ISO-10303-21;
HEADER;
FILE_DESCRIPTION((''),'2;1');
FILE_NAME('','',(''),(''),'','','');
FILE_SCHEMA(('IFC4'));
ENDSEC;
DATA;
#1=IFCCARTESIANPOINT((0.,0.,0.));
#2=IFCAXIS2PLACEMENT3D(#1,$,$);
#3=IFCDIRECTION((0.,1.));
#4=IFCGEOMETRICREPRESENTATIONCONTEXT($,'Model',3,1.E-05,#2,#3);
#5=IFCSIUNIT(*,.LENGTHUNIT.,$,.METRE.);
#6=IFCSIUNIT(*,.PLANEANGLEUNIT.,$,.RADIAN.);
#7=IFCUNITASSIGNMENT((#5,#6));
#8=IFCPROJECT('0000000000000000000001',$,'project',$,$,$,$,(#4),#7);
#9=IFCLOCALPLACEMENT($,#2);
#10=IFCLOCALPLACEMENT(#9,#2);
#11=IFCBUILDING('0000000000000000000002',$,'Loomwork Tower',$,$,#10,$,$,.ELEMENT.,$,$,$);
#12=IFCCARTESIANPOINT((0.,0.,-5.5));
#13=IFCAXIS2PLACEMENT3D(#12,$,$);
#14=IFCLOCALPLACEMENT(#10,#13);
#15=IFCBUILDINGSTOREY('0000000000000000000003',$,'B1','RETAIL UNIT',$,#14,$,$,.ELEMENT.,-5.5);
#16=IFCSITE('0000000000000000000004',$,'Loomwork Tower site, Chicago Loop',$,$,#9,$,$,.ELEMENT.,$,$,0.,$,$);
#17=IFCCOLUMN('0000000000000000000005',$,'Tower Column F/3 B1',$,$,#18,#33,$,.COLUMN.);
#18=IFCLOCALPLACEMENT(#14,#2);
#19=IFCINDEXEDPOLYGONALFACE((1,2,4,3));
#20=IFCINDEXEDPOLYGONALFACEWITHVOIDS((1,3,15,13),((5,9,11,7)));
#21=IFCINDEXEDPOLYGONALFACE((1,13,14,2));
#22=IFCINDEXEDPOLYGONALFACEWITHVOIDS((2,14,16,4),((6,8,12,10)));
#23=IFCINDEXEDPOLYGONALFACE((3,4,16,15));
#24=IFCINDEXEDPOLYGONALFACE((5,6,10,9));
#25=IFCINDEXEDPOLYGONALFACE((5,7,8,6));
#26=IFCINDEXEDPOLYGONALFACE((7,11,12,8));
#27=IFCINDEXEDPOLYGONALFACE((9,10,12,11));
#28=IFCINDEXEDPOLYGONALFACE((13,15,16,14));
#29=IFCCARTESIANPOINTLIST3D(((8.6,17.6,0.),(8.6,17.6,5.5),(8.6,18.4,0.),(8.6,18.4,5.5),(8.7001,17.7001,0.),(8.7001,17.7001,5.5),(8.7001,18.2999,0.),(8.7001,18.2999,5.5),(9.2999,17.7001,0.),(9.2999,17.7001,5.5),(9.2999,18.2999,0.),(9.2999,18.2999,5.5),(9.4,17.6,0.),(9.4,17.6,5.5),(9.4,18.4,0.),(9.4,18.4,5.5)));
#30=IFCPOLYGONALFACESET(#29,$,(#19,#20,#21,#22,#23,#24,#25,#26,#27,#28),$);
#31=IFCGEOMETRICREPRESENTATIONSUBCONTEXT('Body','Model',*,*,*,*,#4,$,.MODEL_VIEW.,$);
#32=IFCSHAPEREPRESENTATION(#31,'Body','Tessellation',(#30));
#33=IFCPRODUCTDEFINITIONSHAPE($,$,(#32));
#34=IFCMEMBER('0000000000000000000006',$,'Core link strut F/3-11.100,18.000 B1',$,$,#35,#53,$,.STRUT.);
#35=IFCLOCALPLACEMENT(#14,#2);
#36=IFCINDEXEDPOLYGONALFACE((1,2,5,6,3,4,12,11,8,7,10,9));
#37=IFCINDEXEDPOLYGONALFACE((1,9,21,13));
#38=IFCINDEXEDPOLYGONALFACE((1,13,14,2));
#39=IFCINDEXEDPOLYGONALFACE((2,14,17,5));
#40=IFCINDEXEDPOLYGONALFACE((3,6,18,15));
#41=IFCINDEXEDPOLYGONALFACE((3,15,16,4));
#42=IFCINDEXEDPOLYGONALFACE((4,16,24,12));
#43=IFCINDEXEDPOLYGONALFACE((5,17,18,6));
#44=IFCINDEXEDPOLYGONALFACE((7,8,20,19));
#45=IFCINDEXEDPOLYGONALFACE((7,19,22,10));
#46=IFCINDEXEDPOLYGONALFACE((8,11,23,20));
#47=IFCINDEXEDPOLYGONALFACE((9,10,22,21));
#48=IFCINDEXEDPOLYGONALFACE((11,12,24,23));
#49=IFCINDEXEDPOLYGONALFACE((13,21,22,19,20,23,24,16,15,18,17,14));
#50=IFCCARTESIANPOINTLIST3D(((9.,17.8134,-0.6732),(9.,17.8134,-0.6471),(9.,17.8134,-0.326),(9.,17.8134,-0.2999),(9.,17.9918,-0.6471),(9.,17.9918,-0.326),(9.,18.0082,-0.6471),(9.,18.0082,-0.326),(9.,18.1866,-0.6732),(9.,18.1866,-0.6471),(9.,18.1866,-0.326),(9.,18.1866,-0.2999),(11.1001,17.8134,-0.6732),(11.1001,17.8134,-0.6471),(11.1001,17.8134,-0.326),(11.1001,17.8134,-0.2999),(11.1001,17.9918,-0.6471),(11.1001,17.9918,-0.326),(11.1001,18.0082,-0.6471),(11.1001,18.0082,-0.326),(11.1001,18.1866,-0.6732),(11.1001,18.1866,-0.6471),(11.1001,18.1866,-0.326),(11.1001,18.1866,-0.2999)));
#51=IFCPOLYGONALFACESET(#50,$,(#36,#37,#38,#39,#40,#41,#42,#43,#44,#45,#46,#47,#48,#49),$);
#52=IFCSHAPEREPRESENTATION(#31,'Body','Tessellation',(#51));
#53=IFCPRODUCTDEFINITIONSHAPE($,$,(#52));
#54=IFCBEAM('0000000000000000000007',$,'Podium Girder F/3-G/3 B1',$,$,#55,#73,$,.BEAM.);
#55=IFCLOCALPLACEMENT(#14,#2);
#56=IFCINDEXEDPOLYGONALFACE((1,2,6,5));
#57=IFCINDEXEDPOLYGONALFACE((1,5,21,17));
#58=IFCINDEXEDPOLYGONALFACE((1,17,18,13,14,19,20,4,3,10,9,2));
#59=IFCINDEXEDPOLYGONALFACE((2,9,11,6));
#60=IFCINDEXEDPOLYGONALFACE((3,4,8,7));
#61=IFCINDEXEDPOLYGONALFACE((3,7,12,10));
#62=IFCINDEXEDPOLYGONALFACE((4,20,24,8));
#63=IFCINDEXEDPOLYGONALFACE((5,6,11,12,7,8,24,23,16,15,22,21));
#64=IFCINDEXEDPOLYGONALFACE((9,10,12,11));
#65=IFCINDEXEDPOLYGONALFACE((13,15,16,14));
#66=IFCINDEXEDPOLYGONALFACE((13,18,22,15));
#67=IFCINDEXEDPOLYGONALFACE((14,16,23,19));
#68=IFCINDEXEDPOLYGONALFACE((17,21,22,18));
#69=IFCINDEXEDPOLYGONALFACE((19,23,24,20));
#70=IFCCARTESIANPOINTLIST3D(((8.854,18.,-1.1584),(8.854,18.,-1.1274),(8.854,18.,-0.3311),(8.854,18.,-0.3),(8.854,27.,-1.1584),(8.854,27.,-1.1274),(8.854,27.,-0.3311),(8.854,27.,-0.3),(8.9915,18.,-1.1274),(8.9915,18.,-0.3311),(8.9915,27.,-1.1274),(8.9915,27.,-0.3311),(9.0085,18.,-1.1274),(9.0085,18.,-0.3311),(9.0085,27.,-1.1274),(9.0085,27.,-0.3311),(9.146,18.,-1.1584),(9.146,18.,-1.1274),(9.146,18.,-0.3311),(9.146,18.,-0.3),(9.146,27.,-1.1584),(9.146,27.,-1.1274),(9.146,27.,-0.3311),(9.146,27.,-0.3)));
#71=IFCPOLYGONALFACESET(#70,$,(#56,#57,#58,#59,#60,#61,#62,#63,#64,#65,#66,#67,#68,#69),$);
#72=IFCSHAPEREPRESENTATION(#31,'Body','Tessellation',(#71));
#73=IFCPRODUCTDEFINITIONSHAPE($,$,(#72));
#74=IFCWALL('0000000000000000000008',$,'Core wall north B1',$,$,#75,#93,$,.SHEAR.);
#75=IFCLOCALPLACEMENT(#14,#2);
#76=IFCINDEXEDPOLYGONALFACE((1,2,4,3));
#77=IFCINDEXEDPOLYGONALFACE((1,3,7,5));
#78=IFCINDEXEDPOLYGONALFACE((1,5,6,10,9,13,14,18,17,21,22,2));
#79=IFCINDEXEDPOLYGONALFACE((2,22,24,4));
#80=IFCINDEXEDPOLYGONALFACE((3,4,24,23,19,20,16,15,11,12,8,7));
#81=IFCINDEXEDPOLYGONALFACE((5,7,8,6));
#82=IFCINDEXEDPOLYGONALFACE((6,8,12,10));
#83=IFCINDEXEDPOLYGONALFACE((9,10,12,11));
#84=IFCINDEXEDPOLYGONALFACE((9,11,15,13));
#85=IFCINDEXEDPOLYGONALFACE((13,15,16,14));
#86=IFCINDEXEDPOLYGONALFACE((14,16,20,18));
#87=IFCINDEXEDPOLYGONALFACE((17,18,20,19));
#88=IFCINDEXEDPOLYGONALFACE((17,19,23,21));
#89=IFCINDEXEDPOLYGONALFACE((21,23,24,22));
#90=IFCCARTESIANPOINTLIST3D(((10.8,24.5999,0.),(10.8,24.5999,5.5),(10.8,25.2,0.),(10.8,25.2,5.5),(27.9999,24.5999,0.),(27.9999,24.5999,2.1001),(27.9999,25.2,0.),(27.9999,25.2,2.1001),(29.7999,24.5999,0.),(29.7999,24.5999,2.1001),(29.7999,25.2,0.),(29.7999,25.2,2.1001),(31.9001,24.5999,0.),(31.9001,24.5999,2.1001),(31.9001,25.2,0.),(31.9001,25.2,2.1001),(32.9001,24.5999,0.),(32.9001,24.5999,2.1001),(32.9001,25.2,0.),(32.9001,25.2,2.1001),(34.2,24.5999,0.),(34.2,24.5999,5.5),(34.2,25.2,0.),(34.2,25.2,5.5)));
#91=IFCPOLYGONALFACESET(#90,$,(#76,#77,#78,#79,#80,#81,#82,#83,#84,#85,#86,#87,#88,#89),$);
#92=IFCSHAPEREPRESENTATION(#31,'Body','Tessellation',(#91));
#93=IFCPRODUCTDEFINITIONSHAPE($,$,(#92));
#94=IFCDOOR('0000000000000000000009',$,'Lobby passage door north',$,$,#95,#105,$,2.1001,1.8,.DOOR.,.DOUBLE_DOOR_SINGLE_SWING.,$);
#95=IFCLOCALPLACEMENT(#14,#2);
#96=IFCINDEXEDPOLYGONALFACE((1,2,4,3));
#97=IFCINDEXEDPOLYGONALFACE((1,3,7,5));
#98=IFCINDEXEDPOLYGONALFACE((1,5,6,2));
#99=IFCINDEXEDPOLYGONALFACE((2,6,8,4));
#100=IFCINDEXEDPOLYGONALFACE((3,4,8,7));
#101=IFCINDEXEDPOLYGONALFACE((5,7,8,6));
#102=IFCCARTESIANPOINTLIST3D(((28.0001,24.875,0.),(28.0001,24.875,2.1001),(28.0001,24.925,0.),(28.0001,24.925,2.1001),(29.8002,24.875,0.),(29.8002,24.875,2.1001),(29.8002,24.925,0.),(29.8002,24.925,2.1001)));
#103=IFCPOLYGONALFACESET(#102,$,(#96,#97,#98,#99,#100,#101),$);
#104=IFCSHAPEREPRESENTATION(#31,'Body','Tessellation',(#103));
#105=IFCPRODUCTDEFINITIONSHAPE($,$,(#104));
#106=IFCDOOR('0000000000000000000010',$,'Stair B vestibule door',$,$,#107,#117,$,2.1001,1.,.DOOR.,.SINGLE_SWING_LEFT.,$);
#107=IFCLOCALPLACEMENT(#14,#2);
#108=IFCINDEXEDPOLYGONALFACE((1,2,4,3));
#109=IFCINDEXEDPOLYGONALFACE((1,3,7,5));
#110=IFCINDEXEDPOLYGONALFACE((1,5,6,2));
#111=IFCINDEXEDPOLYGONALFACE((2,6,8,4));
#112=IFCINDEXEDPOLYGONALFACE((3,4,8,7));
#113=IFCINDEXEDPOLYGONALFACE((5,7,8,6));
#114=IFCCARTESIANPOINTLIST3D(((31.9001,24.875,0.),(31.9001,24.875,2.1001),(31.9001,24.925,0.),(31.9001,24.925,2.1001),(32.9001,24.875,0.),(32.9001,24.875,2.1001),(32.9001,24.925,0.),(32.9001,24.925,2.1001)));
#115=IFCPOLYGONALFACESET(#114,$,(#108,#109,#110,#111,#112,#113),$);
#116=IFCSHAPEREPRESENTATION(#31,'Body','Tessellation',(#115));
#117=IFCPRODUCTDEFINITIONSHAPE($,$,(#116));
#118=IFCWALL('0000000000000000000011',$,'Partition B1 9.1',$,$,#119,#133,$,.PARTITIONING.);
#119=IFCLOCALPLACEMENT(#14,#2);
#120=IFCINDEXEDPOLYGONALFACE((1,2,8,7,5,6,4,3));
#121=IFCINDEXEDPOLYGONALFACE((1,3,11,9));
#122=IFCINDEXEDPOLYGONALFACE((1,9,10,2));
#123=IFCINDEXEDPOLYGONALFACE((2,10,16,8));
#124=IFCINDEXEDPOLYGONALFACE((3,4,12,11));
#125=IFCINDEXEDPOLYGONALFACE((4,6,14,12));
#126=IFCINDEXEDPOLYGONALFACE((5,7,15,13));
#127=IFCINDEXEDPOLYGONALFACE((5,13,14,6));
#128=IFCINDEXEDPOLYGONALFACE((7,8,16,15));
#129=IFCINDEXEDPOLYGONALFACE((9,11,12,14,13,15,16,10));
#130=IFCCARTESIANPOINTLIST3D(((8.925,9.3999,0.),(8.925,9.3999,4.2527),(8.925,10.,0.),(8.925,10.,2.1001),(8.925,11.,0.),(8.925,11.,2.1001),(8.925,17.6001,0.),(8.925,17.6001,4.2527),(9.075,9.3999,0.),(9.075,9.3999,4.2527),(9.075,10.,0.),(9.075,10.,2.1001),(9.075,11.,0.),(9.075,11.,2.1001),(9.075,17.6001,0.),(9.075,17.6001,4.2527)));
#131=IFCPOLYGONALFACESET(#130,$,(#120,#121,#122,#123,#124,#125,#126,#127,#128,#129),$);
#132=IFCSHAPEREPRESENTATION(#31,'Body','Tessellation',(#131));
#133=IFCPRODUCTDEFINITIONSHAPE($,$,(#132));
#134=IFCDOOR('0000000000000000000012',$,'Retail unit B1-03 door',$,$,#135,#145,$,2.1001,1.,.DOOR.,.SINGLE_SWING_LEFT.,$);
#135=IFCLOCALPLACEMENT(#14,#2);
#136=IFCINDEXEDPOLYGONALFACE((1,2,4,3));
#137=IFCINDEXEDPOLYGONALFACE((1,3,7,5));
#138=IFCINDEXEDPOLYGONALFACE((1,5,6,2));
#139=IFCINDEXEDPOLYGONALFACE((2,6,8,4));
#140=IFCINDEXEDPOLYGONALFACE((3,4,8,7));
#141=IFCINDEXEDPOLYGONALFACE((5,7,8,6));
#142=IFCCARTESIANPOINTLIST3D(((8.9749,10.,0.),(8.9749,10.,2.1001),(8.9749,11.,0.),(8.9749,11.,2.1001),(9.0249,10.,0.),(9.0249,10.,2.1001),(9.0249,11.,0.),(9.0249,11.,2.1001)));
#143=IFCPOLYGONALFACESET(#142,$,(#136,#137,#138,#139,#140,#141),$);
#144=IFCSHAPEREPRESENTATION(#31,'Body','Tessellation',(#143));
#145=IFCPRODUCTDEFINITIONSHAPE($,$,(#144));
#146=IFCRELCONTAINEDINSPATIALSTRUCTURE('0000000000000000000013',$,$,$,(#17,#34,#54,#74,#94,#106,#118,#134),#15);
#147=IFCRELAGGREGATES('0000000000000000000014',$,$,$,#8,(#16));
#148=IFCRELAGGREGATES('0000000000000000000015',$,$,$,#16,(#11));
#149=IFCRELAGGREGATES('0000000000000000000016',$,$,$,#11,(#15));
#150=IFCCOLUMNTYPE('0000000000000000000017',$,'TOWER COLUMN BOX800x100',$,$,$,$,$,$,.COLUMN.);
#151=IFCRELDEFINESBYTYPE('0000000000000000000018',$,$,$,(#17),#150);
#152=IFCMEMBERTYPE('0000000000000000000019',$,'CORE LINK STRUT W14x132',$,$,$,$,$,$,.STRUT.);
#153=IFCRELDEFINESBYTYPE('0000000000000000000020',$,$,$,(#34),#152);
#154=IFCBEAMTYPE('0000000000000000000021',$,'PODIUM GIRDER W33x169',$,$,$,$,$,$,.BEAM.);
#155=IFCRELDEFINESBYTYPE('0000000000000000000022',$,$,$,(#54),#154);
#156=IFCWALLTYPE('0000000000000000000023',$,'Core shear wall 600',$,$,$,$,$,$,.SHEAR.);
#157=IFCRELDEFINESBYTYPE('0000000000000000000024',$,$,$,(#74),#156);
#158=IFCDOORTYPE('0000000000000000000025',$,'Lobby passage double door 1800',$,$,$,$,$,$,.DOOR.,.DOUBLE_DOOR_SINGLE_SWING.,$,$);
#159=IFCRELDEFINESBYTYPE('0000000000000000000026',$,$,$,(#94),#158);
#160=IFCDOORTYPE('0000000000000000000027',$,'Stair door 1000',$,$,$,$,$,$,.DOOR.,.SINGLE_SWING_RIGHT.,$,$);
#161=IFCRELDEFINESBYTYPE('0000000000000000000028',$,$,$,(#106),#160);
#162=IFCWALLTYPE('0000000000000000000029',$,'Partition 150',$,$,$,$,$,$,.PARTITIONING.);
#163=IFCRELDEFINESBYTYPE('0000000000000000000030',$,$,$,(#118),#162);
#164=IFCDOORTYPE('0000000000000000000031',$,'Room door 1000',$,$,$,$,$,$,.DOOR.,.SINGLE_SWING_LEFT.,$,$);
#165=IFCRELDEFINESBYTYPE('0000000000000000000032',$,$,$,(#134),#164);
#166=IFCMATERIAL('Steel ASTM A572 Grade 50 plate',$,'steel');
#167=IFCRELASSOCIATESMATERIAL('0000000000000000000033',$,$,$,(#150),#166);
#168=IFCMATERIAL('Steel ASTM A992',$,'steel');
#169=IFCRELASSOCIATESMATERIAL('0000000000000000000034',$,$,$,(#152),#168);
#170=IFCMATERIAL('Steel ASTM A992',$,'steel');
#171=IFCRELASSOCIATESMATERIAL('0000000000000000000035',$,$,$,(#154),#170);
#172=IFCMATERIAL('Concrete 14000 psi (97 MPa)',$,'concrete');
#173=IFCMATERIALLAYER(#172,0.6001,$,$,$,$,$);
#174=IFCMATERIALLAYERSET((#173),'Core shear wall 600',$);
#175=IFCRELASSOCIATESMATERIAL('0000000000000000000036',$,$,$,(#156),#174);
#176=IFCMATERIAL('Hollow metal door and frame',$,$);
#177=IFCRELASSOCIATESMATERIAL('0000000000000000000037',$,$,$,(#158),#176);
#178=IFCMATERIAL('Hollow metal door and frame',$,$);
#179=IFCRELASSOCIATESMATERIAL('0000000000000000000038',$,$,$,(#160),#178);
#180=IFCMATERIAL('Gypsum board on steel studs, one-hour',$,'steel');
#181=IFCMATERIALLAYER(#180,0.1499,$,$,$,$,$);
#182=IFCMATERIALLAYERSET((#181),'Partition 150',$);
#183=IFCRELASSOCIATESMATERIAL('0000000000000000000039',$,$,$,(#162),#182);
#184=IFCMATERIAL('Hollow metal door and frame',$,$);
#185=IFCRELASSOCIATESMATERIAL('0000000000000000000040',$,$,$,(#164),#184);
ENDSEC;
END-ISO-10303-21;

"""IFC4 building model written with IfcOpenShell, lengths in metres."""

from ifc_helpers import new_model, si_unit, direction, frame, frame_2d, origin, origin_2d, place, context, subcontext, project, spatial, rectangle, hollow_rectangle, i_section, extrude, material, layer, layer_set, material_profile, profile_set, type_object, element, fill, save


model = new_model("IFC4")

# Units and contexts
model_context = context("Model", 3, precision=1e-05, world=origin(), true_north=direction((0.0, 1.0)))
body_context = subcontext(model_context, "Body", "Model", "MODEL_VIEW")
ifc_project = project(units=[si_unit("LENGTHUNIT", "METRE"), si_unit("PLANEANGLEUNIT", "RADIAN")], contexts=[model_context])

# Site, building, storey
site_placement = place(None, origin())
site = spatial("IfcSite", under=ifc_project, at=site_placement, Name="Loomwork Tower site, Chicago Loop", CompositionType="ELEMENT", RefElevation=0.0)
building_placement = place(site_placement, origin())
building = spatial("IfcBuilding", under=site, at=building_placement, Name="Loomwork Tower", CompositionType="ELEMENT")
storey_placement = place(building_placement, frame((0.0, 0.0, -5.5)))
storey = spatial("IfcBuildingStorey", under=building, at=storey_placement, Name="B1", Description="RETAIL UNIT", CompositionType="ELEMENT", Elevation=-5.5)

# Column
ifc_material_1 = material(Name="Steel ASTM A572 Grade 50 plate", Category="steel")
ifc_material_profile_1 = material_profile(ifc_material_1, hollow_rectangle(XDim=0.8, YDim=0.8, WallThickness=0.1001, at=origin_2d()), Name="BOX800x100")
ifc_profile_set_1 = profile_set([ifc_material_profile_1], Name="Steel ASTM A572 Grade 50 plate")
column_type = type_object("IfcColumnType", Name="TOWER COLUMN BOX800x100", PredefinedType="COLUMN", material=ifc_profile_set_1)
column_placement = place(storey_placement, frame((9.0, 18.0, 0.0), z_axis=(0.0, 0.0, 1.0), x_axis=(1.0, 0.0, 0.0)))
element("IfcColumn", 1, at=column_placement, inside=storey, type_object=column_type, Name="Tower Column F/3 B1", PredefinedType="COLUMN", context=body_context, shape_type="SweptSolid", body=[
    extrude(hollow_rectangle(XDim=0.8, YDim=0.8, WallThickness=0.1001, at=origin_2d()), origin(), (0.0, 0.0, 1.0), 5.5),
])

# Member
ifc_material_2 = material(Name="Steel ASTM A992", Category="steel")
ifc_material_profile_2 = material_profile(ifc_material_2, i_section(OverallWidth=0.3733, OverallDepth=0.3733, WebThickness=0.0164, FlangeThickness=0.0261, at=origin_2d()), Name="W14x132")
ifc_profile_set_2 = profile_set([ifc_material_profile_2], Name="Steel ASTM A992")
member_type = type_object("IfcMemberType", Name="CORE LINK STRUT W14x132", PredefinedType="STRUT", material=ifc_profile_set_2)
member_placement = place(storey_placement, frame((9.0, 18.0, -0.4866), z_axis=(1.0, 0.0, 0.0), x_axis=(0.0, 1.0, 0.0)))
element("IfcMember", 2, at=member_placement, inside=storey, type_object=member_type, Name="Core link strut F/3-11.100,18.000 B1", PredefinedType="STRUT", context=body_context, shape_type="SweptSolid", body=[
    extrude(i_section(OverallWidth=0.3733, OverallDepth=0.3733, WebThickness=0.0164, FlangeThickness=0.0261, at=origin_2d()), origin(), (0.0, 0.0, 1.0), 2.1001),
])

# Beam
ifc_material_3 = material(Name="Steel ASTM A992", Category="steel")
ifc_material_profile_3 = material_profile(ifc_material_3, i_section(OverallWidth=0.292, OverallDepth=0.8584, WebThickness=0.0171, FlangeThickness=0.031, at=origin_2d()), Name="W33x169")
ifc_profile_set_3 = profile_set([ifc_material_profile_3], Name="Steel ASTM A992")
beam_type = type_object("IfcBeamType", Name="PODIUM GIRDER W33x169", PredefinedType="BEAM", material=ifc_profile_set_3)
beam_placement = place(storey_placement, frame((9.0, 18.0, -0.7292), z_axis=(0.0, 1.0, 0.0), x_axis=(-1.0, 0.0, 0.0)))
element("IfcBeam", 3, at=beam_placement, inside=storey, type_object=beam_type, Name="Podium Girder F/3-G/3 B1", PredefinedType="BEAM", context=body_context, shape_type="SweptSolid", body=[
    extrude(i_section(OverallWidth=0.292, OverallDepth=0.8584, WebThickness=0.0171, FlangeThickness=0.031, at=origin_2d()), origin(), (0.0, 0.0, 1.0), 9.0),
])

# Wall, openings, doors
ifc_material_4 = material(Name="Concrete 14000 psi (97 MPa)", Category="concrete")
ifc_layer_1 = layer(ifc_material_4, 0.6001)
ifc_layer_set_1 = layer_set([ifc_layer_1], Name="Core shear wall 600")
wall_type_1 = type_object("IfcWallType", Name="Core shear wall 600", PredefinedType="SHEAR", material=ifc_layer_set_1)
wall_1_placement = place(storey_placement, frame((10.8, 24.8999, 0.0), z_axis=(0.0, 0.0, 1.0), x_axis=(1.0, 0.0, 0.0)))
wall_1 = element("IfcWall", 4, at=wall_1_placement, inside=storey, type_object=wall_type_1, Name="Core wall north B1", PredefinedType="SHEAR", context=body_context, shape_type="SweptSolid", body=[
    extrude(rectangle(XDim=23.3999, YDim=0.6001, at=frame_2d((11.7, 0.0))), origin(), (0.0, 0.0, 1.0), 5.5),
])
opening_1_placement = place(wall_1_placement, frame((17.2, 0.0, 0.0)))
opening_1 = element("IfcOpeningElement", 5, at=opening_1_placement, cuts=wall_1, PredefinedType="OPENING", context=body_context, shape_type="SweptSolid", body=[
    extrude(rectangle(XDim=1.8, YDim=2.1001, at=frame_2d((0.8999, 1.05))), frame((0.0, 0.3101, 0.0), z_axis=(0.0, -1.0, 0.0), x_axis=(1.0, 0.0, 0.0)), (0.0, 0.0, 1.0), 0.6201),
])
opening_2_placement = place(wall_1_placement, frame((21.1001, 0.0, 0.0)))
opening_2 = element("IfcOpeningElement", 6, at=opening_2_placement, cuts=wall_1, PredefinedType="OPENING", context=body_context, shape_type="SweptSolid", body=[
    extrude(rectangle(XDim=1.0, YDim=2.1001, at=frame_2d((0.5, 1.05))), frame((0.0, 0.3101, 0.0), z_axis=(0.0, -1.0, 0.0), x_axis=(1.0, 0.0, 0.0)), (0.0, 0.0, 1.0), 0.6201),
])
ifc_material_5 = material(Name="Hollow metal door and frame")
door_type_1 = type_object("IfcDoorType", Name="Lobby passage double door 1800", OperationType="DOUBLE_DOOR_SINGLE_SWING", PredefinedType="DOOR", material=ifc_material_5)
door_1_placement = place(opening_1_placement, frame((1.8, 0.0, 0.0), z_axis=(0.0, 0.0, 1.0), x_axis=(-1.0, 0.0, 0.0)))
door_1 = element("IfcDoor", 7, at=door_1_placement, inside=storey, type_object=door_type_1, Name="Lobby passage door north", OperationType="DOUBLE_DOOR_SINGLE_SWING", OverallHeight=2.1001, OverallWidth=1.8, PredefinedType="DOOR", context=body_context, shape_type="SweptSolid", body=[
    extrude(rectangle(XDim=1.8, YDim=2.1001, at=frame_2d((0.8999, 1.05))), frame((0.0, 0.0249, 0.0), z_axis=(0.0, -1.0, 0.0), x_axis=(1.0, 0.0, 0.0)), (0.0, 0.0, 1.0), 0.05),
])
fill(opening_1, door_1)
ifc_material_6 = material(Name="Hollow metal door and frame")
door_type_2 = type_object("IfcDoorType", Name="Stair door 1000", OperationType="SINGLE_SWING_RIGHT", PredefinedType="DOOR", material=ifc_material_6)
door_2_placement = place(opening_2_placement, frame((1.0, 0.0, 0.0), z_axis=(0.0, 0.0, 1.0), x_axis=(-1.0, 0.0, 0.0)))
door_2 = element("IfcDoor", 8, at=door_2_placement, inside=storey, type_object=door_type_2, Name="Stair B vestibule door", OperationType="SINGLE_SWING_LEFT", OverallHeight=2.1001, OverallWidth=1.0, PredefinedType="DOOR", context=body_context, shape_type="SweptSolid", body=[
    extrude(rectangle(XDim=1.0, YDim=2.1001, at=frame_2d((0.5, 1.05))), frame((0.0, 0.0249, 0.0), z_axis=(0.0, -1.0, 0.0), x_axis=(1.0, 0.0, 0.0)), (0.0, 0.0, 1.0), 0.05),
])
fill(opening_2, door_2)

# Wall, opening, door
ifc_material_7 = material(Name="Gypsum board on steel studs, one-hour", Category="steel")
ifc_layer_2 = layer(ifc_material_7, 0.1499)
ifc_layer_set_2 = layer_set([ifc_layer_2], Name="Partition 150")
wall_type_2 = type_object("IfcWallType", Name="Partition 150", PredefinedType="PARTITIONING", material=ifc_layer_set_2)
wall_2_placement = place(storey_placement, frame((9.0, 17.6001, 0.0), z_axis=(0.0, 0.0, 1.0), x_axis=(0.0, -1.0, 0.0)))
wall_2 = element("IfcWall", 9, at=wall_2_placement, inside=storey, type_object=wall_type_2, Name="Partition B1 9.1", PredefinedType="PARTITIONING", context=body_context, shape_type="SweptSolid", body=[
    extrude(rectangle(XDim=8.2002, YDim=0.1499, at=frame_2d((4.1001, 0.0))), origin(), (0.0, 0.0, 1.0), 4.2527),
])
opening_3_placement = place(wall_2_placement, frame((6.6001, 0.0, 0.0)))
opening_3 = element("IfcOpeningElement", 10, at=opening_3_placement, cuts=wall_2, PredefinedType="OPENING", context=body_context, shape_type="SweptSolid", body=[
    extrude(rectangle(XDim=1.0, YDim=2.1001, at=frame_2d((0.5, 1.05))), frame((0.0, 0.085, 0.0), z_axis=(0.0, -1.0, 0.0), x_axis=(1.0, 0.0, 0.0)), (0.0, 0.0, 1.0), 0.1699),
])
ifc_material_8 = material(Name="Hollow metal door and frame")
door_type_3 = type_object("IfcDoorType", Name="Room door 1000", OperationType="SINGLE_SWING_LEFT", PredefinedType="DOOR", material=ifc_material_8)
door_3_placement = place(opening_3_placement, origin())
door_3 = element("IfcDoor", 11, at=door_3_placement, inside=storey, type_object=door_type_3, Name="Retail unit B1-03 door", OperationType="SINGLE_SWING_LEFT", OverallHeight=2.1001, OverallWidth=1.0, PredefinedType="DOOR", context=body_context, shape_type="SweptSolid", body=[
    extrude(rectangle(XDim=1.0, YDim=2.1001, at=frame_2d((0.5, 1.05))), frame((0.0, 0.0249, 0.0), z_axis=(0.0, -1.0, 0.0), x_axis=(1.0, 0.0, 0.0)), (0.0, 0.0, 1.0), 0.05),
])
fill(opening_3, door_3)

save(model, "model.ifc")
